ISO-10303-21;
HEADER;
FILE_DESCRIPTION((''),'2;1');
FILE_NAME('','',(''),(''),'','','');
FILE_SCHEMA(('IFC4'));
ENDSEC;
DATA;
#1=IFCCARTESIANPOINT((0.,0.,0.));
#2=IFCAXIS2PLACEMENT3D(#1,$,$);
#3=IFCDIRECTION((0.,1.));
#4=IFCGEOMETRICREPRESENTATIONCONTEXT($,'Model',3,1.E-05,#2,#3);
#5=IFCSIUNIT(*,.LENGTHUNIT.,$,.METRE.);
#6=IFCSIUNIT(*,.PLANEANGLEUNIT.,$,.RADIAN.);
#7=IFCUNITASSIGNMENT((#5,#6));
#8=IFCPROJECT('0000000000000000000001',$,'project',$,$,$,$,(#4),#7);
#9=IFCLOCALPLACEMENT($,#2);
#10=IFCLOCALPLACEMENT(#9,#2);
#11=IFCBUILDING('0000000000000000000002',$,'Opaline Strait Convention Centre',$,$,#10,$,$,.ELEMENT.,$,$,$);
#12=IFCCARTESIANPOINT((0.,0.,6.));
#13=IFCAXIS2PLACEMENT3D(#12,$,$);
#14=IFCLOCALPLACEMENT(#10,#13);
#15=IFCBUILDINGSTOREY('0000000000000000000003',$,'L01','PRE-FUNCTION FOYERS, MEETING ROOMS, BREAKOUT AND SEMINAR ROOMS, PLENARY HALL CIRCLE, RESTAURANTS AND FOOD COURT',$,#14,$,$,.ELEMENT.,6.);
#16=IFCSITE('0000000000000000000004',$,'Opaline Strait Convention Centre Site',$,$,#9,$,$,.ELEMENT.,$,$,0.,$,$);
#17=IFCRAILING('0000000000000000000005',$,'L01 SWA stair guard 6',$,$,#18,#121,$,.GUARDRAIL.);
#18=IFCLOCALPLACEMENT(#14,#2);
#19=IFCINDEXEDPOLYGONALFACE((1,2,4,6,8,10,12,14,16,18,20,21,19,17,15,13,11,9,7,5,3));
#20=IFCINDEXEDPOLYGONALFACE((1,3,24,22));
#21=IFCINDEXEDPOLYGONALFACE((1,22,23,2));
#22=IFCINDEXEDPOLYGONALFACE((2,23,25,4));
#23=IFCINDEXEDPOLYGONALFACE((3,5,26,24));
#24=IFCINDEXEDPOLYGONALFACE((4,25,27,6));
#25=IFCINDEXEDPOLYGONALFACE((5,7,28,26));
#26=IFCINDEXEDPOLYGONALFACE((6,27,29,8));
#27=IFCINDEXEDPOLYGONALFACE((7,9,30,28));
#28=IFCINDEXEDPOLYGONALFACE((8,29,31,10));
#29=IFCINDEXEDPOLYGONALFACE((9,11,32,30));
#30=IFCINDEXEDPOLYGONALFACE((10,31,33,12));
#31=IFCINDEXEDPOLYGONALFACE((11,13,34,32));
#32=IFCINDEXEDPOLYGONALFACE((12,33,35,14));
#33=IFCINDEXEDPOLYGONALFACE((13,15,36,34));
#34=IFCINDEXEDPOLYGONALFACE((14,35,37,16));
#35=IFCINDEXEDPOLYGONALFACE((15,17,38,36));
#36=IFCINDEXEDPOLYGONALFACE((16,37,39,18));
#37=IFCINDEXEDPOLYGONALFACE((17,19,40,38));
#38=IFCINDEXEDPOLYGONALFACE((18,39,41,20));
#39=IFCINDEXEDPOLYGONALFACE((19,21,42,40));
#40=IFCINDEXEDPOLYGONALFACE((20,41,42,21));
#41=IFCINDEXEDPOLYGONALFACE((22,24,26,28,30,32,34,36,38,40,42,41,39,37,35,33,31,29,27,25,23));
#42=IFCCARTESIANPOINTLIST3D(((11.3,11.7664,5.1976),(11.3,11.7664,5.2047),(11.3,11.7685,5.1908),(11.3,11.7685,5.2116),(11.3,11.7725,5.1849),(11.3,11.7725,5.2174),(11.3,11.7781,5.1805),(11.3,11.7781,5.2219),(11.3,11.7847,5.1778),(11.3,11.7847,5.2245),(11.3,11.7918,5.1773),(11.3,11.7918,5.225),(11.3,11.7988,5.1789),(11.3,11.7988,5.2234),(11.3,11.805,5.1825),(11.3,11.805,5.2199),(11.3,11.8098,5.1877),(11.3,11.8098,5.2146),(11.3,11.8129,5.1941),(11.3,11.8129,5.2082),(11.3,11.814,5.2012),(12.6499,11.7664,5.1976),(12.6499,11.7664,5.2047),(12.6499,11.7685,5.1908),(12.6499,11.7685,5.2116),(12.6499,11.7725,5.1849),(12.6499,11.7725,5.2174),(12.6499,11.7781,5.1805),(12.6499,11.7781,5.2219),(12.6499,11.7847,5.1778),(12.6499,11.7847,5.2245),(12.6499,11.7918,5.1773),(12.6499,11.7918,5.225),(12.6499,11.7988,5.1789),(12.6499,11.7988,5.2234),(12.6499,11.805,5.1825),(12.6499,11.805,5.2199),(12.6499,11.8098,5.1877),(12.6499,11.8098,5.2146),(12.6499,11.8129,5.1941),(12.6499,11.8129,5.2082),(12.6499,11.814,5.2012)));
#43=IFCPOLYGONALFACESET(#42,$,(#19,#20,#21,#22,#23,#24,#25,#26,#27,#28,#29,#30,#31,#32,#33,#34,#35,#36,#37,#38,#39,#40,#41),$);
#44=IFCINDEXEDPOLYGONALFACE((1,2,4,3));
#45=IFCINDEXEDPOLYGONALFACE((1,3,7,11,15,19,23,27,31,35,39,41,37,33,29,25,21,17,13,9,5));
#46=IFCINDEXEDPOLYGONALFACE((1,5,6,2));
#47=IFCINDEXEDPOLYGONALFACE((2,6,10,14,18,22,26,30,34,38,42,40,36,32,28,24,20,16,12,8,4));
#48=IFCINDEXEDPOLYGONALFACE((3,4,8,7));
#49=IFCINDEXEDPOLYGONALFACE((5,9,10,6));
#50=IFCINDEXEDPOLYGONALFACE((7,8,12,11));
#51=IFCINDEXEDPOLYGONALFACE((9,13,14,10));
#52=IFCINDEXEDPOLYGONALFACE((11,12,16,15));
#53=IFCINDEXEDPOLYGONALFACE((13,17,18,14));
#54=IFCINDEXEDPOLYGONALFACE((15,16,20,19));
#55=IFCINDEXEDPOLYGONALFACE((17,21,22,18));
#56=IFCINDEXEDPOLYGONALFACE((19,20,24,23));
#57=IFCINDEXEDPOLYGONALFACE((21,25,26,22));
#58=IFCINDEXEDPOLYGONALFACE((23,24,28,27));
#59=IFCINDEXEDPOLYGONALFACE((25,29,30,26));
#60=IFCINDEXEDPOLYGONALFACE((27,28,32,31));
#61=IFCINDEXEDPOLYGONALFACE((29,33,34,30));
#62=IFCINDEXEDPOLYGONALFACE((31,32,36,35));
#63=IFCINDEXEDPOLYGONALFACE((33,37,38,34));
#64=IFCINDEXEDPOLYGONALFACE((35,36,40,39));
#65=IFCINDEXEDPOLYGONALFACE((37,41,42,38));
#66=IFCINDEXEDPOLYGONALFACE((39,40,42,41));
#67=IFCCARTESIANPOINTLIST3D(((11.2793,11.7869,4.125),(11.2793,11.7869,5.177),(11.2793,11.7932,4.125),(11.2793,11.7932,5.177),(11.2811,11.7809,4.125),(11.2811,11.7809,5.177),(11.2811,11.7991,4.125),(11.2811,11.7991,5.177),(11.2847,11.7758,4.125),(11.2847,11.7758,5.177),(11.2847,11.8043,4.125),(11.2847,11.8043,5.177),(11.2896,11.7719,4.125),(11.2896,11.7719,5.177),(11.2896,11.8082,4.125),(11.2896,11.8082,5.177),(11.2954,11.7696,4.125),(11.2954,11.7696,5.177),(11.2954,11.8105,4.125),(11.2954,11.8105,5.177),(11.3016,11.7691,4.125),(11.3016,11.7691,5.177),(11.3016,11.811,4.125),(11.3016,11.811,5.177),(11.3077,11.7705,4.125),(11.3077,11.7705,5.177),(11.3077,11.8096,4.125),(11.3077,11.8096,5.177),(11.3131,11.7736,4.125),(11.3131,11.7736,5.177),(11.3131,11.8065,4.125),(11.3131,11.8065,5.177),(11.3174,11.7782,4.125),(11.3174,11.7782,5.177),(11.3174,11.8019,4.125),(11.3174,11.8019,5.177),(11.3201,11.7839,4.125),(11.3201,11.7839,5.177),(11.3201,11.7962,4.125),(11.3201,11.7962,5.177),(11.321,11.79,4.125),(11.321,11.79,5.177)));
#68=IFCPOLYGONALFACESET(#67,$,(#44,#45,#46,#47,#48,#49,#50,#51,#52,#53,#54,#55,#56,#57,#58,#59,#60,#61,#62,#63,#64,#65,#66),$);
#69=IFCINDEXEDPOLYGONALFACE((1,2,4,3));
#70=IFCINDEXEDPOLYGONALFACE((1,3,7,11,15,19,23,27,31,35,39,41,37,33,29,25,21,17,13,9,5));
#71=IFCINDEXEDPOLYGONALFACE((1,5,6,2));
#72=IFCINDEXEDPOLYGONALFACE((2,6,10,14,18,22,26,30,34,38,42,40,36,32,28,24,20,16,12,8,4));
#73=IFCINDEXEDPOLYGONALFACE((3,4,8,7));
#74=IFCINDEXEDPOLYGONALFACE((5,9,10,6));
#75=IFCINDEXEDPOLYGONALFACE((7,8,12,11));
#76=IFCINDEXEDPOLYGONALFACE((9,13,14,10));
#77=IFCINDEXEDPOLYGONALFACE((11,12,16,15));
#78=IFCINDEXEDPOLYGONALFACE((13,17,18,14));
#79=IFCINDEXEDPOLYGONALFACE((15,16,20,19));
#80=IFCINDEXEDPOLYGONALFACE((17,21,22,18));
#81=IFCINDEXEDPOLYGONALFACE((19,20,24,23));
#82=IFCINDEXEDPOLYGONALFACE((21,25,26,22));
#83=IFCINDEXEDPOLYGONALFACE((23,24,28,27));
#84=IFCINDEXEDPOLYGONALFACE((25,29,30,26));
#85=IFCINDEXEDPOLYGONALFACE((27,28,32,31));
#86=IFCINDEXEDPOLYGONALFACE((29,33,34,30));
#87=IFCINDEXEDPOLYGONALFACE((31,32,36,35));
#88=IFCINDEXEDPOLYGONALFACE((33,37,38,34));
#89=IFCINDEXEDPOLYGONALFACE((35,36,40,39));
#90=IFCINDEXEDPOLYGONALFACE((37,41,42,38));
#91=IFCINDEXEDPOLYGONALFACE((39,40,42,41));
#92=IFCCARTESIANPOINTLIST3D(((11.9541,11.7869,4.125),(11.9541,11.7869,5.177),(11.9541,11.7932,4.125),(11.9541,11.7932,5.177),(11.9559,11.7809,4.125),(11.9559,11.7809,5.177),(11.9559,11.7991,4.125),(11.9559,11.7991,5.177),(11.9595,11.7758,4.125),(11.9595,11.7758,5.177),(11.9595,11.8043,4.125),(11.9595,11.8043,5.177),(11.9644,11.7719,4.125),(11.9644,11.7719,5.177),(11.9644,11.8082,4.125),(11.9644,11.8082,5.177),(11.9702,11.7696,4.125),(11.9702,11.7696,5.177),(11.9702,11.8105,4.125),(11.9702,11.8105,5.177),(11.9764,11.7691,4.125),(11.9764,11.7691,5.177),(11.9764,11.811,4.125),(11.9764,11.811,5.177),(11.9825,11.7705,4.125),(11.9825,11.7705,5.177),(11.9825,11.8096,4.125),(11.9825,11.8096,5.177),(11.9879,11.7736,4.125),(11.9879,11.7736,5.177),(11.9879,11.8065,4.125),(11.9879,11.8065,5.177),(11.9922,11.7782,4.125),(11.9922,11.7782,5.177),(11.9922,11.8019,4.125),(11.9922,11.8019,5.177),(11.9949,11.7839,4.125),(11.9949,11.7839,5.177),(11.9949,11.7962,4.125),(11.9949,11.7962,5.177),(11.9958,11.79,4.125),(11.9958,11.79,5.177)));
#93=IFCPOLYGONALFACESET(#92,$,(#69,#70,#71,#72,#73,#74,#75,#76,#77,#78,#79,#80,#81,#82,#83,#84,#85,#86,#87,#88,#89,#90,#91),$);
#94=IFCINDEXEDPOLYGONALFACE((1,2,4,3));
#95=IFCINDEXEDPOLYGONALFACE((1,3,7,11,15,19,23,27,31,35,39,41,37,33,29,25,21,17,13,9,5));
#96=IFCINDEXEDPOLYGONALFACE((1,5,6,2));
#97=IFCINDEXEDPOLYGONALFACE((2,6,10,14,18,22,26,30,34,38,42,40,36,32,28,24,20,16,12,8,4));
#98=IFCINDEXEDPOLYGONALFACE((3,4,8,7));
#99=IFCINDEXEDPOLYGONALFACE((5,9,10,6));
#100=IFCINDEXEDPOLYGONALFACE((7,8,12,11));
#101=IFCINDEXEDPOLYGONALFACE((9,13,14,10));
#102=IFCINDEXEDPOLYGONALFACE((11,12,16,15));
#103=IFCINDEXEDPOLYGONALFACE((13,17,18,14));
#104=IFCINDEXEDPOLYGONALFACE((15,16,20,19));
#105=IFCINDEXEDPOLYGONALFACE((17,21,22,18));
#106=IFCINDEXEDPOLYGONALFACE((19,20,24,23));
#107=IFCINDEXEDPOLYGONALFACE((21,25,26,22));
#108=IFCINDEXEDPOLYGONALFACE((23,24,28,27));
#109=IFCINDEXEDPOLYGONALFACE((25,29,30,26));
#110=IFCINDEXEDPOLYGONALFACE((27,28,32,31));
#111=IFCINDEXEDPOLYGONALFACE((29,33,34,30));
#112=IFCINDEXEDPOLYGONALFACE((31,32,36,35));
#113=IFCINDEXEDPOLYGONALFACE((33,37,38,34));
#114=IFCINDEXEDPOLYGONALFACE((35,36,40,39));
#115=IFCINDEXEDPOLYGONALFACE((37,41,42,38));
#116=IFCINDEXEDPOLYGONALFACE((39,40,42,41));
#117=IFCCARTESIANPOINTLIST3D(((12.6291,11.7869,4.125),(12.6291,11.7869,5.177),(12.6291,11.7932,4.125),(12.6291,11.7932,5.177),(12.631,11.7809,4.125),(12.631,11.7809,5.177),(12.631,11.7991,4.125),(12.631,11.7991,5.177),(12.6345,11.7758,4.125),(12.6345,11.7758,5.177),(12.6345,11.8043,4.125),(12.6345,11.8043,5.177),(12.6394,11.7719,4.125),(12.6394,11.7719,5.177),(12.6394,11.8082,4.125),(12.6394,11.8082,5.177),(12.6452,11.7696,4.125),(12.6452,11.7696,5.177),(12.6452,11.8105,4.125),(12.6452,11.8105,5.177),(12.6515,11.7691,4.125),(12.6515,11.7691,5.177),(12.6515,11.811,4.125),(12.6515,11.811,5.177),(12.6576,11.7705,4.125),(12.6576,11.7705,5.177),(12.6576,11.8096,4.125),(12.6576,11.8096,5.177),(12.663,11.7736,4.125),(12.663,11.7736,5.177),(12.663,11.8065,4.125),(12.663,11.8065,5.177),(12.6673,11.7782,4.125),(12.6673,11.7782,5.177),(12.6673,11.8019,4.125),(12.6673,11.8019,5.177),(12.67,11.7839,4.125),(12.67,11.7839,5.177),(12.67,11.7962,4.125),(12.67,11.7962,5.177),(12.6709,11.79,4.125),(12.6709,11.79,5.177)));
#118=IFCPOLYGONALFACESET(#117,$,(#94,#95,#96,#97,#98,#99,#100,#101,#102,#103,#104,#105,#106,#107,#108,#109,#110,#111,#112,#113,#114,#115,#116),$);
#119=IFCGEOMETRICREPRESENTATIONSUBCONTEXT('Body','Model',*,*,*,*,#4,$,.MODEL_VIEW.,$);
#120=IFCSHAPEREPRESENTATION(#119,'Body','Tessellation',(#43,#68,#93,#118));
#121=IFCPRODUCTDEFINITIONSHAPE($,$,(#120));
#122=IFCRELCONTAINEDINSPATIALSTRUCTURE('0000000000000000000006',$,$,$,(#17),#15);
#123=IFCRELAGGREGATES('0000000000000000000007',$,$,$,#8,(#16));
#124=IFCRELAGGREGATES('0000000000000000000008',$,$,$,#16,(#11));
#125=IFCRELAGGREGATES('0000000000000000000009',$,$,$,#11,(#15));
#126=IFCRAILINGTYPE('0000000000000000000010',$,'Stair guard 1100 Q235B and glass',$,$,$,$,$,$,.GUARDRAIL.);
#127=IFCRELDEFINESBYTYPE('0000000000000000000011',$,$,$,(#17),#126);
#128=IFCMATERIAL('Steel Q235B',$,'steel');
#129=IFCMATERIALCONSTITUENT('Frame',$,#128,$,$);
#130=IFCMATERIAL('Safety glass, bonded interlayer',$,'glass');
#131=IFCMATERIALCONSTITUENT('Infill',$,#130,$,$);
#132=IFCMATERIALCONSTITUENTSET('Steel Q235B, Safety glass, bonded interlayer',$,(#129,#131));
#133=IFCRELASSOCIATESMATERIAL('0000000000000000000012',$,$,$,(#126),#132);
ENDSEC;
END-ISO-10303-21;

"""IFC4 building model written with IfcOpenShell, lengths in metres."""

from ifc_helpers import new_model, si_unit, direction, frame, origin, origin_2d, place, context, subcontext, project, spatial, circle, extrude, material, constituent, constituent_set, type_object, element, save


model = new_model("IFC4")

# Units and contexts
model_context = context("Model", 3, precision=1e-05, world=origin(), true_north=direction((0.0, 1.0)))
body_context = subcontext(model_context, "Body", "Model", "MODEL_VIEW")
ifc_project = project(units=[si_unit("LENGTHUNIT", "METRE"), si_unit("PLANEANGLEUNIT", "RADIAN")], contexts=[model_context])

# Site, building, storey
site_placement = place(None, origin())
site = spatial("IfcSite", under=ifc_project, at=site_placement, Name="Opaline Strait Convention Centre Site", CompositionType="ELEMENT", RefElevation=0.0)
building_placement = place(site_placement, origin())
building = spatial("IfcBuilding", under=site, at=building_placement, Name="Opaline Strait Convention Centre", CompositionType="ELEMENT")
storey_placement = place(building_placement, frame((0.0, 0.0, 6.0)))
storey = spatial("IfcBuildingStorey", under=building, at=storey_placement, Name="L01", Description="PRE-FUNCTION FOYERS, MEETING ROOMS, BREAKOUT AND SEMINAR ROOMS, PLENARY HALL CIRCLE, RESTAURANTS AND FOOD COURT", CompositionType="ELEMENT", Elevation=6.0)

# Railing
ifc_material_1 = material(Name="Steel Q235B", Category="steel")
ifc_constituent_1 = constituent(ifc_material_1, Name="Frame")
ifc_material_2 = material(Name="Safety glass, bonded interlayer", Category="glass")
ifc_constituent_2 = constituent(ifc_material_2, Name="Infill")
ifc_constituent_set = constituent_set(constituents=[ifc_constituent_1, ifc_constituent_2], Name="Steel Q235B, Safety glass, bonded interlayer")
railing_type = type_object("IfcRailingType", Name="Stair guard 1100 Q235B and glass", PredefinedType="GUARDRAIL", material=ifc_constituent_set)
for number, where, name in (
    (1, (11.3, 11.79, 4.125), "L01 SWA stair guard 6"),
):
    element("IfcRailing", number, at=place(storey_placement, frame(where)), inside=storey, type_object=railing_type, Name=name, PredefinedType="GUARDRAIL", context=body_context, shape_type="SweptSolid", body=[
        extrude(circle(Radius=0.0239, at=origin_2d()), frame((0.0, 0.0, 1.0762), z_axis=(1.0, 0.0, 0.0), x_axis=(0.0, 1.0, 0.0)), (0.0, 0.0, 1.0), 1.3499),
        extrude(circle(Radius=0.021, at=origin_2d()), origin(), (0.0, 0.0, 1.0), 1.052),
        extrude(circle(Radius=0.021, at=origin_2d()), frame((0.6748, 0.0, 0.0)), (0.0, 0.0, 1.0), 1.052),
        extrude(circle(Radius=0.021, at=origin_2d()), frame((1.3499, 0.0, 0.0)), (0.0, 0.0, 1.0), 1.052),
    ])

save(model, "model.ifc")
